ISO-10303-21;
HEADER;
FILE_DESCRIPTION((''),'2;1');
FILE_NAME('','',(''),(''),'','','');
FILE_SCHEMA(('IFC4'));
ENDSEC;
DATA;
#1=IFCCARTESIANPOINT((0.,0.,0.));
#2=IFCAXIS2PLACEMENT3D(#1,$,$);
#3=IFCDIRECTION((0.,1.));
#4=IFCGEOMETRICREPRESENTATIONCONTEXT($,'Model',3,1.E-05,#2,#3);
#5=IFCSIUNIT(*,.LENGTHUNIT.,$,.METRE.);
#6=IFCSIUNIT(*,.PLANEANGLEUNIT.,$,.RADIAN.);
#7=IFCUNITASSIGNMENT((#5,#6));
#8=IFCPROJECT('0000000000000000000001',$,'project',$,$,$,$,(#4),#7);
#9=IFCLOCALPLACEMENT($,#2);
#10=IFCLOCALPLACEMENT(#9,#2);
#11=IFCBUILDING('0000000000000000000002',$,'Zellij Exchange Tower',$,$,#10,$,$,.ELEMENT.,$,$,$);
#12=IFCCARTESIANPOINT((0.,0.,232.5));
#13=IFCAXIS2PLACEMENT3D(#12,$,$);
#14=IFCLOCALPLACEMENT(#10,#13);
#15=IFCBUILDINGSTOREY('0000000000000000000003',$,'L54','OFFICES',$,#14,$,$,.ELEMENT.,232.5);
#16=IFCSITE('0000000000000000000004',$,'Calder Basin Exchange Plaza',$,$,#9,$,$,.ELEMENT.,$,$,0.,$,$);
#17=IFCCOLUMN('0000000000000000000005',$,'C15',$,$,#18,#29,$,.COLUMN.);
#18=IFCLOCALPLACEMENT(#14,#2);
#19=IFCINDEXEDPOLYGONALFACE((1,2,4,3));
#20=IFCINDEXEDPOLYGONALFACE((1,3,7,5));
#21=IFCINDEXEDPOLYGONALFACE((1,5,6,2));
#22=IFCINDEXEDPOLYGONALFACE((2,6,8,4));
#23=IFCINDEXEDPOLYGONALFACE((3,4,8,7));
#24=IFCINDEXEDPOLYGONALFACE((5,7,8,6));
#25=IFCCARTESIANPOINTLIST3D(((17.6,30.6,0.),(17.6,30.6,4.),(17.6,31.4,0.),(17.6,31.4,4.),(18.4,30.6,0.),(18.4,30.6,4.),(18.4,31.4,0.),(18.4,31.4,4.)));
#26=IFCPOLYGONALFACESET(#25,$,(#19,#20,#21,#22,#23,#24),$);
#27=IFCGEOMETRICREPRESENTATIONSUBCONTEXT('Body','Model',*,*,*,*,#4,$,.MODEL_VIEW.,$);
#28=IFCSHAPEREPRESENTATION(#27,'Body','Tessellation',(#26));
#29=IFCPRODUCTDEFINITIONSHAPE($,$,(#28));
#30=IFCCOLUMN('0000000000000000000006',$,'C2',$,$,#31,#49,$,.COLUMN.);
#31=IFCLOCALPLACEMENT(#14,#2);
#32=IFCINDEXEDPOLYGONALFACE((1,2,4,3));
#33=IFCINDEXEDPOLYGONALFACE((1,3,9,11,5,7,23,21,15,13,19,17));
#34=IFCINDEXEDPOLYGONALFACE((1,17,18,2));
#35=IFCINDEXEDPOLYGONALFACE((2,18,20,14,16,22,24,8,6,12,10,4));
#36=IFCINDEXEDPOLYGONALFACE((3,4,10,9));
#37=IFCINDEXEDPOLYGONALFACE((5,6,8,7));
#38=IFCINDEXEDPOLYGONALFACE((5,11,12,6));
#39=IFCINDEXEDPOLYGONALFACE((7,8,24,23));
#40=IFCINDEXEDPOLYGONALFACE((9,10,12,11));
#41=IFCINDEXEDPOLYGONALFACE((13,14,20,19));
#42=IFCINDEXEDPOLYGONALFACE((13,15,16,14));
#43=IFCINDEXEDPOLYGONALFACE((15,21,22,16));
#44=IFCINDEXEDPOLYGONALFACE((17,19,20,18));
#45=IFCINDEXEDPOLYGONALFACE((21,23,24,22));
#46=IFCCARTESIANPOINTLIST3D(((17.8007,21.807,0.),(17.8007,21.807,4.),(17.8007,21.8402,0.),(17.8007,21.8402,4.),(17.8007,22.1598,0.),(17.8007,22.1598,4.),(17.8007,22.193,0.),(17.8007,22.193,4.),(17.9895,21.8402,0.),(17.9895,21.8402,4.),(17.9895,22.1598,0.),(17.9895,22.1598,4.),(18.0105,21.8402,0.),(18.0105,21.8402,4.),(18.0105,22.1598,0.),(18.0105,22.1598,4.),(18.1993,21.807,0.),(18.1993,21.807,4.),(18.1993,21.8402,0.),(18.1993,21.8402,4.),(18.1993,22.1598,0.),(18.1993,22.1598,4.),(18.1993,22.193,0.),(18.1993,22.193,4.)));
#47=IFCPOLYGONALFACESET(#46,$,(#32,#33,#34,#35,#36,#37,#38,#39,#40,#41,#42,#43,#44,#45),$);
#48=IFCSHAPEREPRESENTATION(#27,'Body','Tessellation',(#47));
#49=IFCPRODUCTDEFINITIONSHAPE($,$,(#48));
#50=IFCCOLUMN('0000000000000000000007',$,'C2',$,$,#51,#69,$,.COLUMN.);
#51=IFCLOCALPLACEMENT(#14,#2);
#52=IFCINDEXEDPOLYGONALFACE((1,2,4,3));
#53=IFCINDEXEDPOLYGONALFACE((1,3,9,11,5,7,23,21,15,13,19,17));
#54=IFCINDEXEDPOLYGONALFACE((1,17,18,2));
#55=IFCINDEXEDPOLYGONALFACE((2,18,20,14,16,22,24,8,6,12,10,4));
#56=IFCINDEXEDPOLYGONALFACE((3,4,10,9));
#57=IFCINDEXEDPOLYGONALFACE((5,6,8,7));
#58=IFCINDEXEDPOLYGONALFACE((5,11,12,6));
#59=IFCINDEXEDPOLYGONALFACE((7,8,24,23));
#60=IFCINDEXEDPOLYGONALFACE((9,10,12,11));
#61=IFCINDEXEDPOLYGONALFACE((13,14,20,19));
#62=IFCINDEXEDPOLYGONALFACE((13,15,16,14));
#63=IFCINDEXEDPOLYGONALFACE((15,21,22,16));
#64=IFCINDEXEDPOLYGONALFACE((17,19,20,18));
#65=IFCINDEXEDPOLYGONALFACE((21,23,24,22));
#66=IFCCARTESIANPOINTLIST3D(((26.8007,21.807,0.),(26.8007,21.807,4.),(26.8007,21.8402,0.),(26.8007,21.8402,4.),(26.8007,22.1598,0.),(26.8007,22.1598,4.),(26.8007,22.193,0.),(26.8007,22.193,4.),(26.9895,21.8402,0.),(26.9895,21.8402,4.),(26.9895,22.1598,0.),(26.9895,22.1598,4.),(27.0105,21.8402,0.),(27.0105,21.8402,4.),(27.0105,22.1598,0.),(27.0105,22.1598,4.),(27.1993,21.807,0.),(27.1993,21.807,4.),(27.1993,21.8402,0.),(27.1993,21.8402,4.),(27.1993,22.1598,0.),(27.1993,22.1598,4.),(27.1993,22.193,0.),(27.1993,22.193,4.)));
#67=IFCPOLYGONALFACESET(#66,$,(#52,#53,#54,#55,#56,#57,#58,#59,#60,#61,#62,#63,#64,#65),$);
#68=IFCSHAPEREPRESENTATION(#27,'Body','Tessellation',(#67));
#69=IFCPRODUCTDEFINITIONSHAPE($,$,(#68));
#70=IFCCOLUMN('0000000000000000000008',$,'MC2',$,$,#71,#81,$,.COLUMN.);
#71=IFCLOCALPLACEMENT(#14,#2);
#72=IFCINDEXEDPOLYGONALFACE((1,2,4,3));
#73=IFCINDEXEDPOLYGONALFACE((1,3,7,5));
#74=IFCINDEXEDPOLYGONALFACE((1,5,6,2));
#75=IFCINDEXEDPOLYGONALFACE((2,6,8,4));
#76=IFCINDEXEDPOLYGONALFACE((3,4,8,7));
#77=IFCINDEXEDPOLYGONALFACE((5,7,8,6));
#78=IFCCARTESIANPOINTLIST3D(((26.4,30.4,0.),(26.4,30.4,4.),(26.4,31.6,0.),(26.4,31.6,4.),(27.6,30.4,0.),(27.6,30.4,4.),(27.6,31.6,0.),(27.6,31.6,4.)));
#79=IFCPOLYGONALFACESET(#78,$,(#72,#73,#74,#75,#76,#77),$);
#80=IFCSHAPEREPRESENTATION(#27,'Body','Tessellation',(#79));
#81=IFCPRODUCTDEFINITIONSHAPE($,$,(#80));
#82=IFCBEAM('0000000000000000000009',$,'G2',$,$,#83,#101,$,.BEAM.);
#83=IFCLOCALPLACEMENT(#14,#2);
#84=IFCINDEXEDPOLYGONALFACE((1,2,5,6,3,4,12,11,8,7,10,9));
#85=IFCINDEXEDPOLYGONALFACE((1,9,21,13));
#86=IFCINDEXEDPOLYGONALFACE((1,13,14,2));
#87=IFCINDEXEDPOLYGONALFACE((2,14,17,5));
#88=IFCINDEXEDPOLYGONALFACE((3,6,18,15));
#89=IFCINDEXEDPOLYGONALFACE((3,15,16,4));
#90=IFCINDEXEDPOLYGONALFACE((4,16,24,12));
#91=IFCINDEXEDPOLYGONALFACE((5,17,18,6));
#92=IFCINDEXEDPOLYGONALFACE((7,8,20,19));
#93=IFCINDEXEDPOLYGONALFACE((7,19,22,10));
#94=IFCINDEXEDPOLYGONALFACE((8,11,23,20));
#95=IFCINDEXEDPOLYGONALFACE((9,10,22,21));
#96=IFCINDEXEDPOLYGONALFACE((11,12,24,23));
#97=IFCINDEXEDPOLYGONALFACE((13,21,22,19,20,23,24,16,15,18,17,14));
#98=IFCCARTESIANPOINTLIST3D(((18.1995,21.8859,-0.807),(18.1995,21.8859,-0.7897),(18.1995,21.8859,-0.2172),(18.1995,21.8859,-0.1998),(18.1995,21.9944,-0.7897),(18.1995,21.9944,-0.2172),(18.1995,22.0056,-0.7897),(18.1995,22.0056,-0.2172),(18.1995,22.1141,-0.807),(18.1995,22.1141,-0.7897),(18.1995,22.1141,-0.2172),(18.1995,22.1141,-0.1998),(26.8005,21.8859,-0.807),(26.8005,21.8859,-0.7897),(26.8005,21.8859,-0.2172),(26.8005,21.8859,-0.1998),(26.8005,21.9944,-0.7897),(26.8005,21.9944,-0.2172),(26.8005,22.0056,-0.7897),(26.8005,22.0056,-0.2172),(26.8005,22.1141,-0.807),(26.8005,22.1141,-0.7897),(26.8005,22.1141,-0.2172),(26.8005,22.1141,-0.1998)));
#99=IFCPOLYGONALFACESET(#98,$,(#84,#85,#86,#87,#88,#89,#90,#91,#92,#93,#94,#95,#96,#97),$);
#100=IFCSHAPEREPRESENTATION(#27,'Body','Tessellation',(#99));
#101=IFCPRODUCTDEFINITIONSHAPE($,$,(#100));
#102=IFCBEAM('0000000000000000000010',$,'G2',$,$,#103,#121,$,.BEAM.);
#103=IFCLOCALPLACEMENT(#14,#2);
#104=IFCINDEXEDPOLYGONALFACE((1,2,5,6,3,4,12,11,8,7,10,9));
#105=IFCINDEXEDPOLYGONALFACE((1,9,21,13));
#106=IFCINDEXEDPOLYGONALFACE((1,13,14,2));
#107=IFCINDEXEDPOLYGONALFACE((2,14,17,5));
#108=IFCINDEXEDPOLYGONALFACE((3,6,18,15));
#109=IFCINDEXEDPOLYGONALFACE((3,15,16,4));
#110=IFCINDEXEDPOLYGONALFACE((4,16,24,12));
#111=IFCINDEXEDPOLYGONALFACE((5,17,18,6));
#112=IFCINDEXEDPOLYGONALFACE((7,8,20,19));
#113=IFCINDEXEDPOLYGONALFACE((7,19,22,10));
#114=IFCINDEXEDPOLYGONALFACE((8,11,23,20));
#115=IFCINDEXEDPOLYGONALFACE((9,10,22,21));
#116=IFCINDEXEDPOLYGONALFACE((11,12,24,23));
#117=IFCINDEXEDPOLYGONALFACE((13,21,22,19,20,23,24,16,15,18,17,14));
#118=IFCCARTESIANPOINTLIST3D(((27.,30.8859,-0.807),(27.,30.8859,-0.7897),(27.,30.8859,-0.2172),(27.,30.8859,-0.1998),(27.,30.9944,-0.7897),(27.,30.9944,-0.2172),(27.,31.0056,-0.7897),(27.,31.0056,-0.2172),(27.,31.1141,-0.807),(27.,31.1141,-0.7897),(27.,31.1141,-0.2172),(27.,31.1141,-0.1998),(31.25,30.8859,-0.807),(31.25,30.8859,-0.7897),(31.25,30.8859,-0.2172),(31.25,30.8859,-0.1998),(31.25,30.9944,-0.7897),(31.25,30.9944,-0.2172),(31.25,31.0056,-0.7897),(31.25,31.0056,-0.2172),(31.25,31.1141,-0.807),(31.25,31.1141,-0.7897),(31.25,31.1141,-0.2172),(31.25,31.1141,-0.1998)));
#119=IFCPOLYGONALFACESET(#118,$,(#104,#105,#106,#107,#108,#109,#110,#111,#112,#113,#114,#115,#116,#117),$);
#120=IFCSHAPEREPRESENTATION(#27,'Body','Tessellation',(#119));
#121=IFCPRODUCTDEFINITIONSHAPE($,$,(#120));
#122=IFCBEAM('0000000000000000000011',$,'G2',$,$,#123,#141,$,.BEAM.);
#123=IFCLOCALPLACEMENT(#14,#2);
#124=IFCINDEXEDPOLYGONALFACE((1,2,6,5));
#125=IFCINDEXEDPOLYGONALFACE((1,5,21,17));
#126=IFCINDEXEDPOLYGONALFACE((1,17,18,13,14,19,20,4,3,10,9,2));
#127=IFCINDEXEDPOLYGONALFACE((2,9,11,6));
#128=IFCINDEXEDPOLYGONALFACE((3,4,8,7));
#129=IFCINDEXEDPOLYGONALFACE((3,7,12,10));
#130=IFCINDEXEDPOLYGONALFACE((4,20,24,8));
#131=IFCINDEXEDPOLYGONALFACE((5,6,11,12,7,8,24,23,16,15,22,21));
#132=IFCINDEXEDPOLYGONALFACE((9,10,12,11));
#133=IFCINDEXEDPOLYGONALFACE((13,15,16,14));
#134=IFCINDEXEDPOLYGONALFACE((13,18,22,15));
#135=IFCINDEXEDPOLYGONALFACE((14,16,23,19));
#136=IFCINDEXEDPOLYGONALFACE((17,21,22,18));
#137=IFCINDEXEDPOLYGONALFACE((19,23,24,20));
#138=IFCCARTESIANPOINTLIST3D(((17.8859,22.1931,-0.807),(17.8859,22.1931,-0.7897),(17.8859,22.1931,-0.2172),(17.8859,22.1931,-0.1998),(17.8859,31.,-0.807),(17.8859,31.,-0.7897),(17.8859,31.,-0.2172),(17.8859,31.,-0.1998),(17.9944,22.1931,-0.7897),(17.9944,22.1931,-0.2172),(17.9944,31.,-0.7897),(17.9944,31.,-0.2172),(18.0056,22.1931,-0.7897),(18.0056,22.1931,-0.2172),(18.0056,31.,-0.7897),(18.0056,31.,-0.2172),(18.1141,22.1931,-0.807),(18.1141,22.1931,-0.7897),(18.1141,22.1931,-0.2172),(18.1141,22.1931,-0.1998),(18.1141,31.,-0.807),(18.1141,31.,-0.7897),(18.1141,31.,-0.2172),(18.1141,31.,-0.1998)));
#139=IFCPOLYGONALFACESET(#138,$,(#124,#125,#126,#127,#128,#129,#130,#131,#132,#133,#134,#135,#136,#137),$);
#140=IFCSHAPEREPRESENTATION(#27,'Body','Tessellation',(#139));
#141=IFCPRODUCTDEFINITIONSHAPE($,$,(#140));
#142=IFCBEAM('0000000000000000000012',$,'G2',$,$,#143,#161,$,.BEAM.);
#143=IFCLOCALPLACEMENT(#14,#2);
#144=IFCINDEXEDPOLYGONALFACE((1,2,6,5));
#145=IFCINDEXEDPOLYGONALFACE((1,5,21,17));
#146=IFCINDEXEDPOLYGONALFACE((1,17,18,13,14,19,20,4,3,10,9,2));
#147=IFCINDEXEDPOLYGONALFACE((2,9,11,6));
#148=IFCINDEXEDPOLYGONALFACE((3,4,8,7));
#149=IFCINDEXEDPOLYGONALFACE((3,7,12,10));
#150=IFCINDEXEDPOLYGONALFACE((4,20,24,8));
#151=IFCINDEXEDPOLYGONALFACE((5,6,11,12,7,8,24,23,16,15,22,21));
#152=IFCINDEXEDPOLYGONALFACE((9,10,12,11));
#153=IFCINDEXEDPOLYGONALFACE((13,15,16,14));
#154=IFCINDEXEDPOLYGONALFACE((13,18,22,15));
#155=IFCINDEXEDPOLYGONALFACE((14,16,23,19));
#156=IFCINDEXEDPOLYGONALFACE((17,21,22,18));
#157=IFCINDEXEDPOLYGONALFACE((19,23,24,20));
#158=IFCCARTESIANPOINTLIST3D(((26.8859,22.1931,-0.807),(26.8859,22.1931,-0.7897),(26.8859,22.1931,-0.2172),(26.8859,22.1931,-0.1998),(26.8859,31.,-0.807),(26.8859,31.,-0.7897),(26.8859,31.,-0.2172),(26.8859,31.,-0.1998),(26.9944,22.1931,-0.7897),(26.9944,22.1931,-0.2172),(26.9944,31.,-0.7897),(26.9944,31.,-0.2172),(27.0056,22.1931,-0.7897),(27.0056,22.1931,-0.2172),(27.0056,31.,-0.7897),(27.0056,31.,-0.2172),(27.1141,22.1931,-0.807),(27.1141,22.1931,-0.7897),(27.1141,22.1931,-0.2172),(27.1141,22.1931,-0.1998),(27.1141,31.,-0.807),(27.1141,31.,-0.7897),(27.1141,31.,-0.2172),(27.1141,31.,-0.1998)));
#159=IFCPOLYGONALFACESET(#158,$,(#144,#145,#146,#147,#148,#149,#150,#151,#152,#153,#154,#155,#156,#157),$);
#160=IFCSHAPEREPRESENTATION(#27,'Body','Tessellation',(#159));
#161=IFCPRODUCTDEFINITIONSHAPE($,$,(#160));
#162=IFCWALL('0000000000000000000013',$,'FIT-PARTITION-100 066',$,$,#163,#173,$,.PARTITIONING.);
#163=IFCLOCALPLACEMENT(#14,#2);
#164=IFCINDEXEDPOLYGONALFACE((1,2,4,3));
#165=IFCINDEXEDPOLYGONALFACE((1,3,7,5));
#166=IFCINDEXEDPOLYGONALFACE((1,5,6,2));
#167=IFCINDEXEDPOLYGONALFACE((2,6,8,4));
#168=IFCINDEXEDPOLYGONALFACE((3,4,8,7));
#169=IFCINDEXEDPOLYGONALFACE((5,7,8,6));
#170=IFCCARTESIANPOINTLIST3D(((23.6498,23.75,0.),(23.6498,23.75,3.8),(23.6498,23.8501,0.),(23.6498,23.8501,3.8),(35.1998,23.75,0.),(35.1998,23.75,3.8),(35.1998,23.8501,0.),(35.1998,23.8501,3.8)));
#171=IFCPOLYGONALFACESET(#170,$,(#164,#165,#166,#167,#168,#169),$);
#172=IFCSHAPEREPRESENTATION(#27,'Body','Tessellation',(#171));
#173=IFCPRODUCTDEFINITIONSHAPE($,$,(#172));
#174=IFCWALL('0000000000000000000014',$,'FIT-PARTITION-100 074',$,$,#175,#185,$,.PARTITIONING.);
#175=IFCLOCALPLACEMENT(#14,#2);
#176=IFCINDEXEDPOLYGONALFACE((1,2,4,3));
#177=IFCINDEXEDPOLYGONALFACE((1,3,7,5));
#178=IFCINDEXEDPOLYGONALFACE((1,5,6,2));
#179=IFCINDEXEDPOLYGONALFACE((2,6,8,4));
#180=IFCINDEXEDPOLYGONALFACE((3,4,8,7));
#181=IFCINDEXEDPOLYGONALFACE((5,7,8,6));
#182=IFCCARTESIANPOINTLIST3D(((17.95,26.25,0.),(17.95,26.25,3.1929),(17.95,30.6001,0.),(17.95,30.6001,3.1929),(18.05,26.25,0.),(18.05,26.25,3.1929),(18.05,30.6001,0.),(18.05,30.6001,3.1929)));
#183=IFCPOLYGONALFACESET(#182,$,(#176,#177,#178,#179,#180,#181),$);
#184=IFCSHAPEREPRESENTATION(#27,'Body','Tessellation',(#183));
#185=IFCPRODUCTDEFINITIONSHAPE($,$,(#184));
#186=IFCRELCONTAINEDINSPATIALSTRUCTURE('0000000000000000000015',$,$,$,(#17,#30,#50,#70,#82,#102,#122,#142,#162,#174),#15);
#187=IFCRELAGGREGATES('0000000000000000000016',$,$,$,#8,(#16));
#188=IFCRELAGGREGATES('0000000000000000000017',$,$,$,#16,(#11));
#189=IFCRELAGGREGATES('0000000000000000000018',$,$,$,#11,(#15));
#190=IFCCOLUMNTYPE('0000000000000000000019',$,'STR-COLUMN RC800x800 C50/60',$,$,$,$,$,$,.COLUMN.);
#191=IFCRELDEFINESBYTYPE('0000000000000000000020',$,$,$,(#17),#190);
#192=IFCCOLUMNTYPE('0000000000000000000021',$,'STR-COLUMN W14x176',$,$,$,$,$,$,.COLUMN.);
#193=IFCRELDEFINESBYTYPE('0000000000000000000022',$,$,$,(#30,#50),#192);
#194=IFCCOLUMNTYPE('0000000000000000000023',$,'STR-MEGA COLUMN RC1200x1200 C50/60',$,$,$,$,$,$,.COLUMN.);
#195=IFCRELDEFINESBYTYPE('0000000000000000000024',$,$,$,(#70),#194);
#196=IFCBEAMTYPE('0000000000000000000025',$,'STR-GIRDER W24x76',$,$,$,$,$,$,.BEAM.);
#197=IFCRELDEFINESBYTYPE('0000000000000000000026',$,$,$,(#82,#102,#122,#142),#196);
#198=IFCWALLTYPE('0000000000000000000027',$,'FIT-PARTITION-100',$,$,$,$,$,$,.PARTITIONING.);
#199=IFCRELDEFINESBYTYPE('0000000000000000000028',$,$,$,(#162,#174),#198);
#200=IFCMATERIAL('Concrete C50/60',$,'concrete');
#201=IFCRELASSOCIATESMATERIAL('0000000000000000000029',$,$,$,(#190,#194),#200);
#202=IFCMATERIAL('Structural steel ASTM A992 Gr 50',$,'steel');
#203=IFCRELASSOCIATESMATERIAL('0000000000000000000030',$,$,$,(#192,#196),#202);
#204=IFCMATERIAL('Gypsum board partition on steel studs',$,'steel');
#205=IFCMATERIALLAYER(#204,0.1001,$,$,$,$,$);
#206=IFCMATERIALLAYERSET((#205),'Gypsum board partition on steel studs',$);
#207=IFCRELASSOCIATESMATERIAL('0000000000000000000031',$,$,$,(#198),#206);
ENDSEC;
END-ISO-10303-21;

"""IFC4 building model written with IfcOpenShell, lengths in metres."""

from ifc_helpers import new_model, si_unit, direction, frame, frame_2d, origin, origin_2d, place, context, subcontext, project, spatial, rectangle, i_section, extrude, material, layer, layer_set, material_profile, profile_set, type_object, element, save


model = new_model("IFC4")

# Units and contexts
model_context = context("Model", 3, precision=1e-05, world=origin(), true_north=direction((0.0, 1.0)))
body_context = subcontext(model_context, "Body", "Model", "MODEL_VIEW")
ifc_project = project(units=[si_unit("LENGTHUNIT", "METRE"), si_unit("PLANEANGLEUNIT", "RADIAN")], contexts=[model_context])

# Site, building, storey
site_placement = place(None, origin())
site = spatial("IfcSite", under=ifc_project, at=site_placement, Name="Calder Basin Exchange Plaza", CompositionType="ELEMENT", RefElevation=0.0)
building_placement = place(site_placement, origin())
building = spatial("IfcBuilding", under=site, at=building_placement, Name="Zellij Exchange Tower", CompositionType="ELEMENT")
storey_placement = place(building_placement, frame((0.0, 0.0, 232.5)))
storey = spatial("IfcBuildingStorey", under=building, at=storey_placement, Name="L54", Description="OFFICES", CompositionType="ELEMENT", Elevation=232.5)

# Columns
ifc_material_1 = material(Name="Concrete C50/60", Category="concrete")
ifc_material_profile_1 = material_profile(ifc_material_1, rectangle(XDim=0.8, YDim=0.8, at=origin_2d()), Name="STR-COLUMN RC800x800 C50/60")
ifc_profile_set_1 = profile_set([ifc_material_profile_1], Name="Concrete C50/60")
column_type_1 = type_object("IfcColumnType", Name="STR-COLUMN RC800x800 C50/60", PredefinedType="COLUMN", material=ifc_profile_set_1)
column_1_placement = place(storey_placement, frame((18.0, 31.0, 0.0), z_axis=(0.0, 0.0, 1.0), x_axis=(1.0, 0.0, 0.0)))
element("IfcColumn", 1, at=column_1_placement, inside=storey, type_object=column_type_1, Name="C15", PredefinedType="COLUMN", context=body_context, shape_type="SweptSolid", body=[
    extrude(rectangle(XDim=0.8, YDim=0.8, at=origin_2d()), origin(), (0.0, 0.0, 1.0), 4.0),
])
ifc_material_2 = material(Name="Structural steel ASTM A992 Gr 50", Category="steel")
ifc_material_profile_2 = material_profile(ifc_material_2, i_section(OverallWidth=0.3987, OverallDepth=0.386, WebThickness=0.021, FlangeThickness=0.0332, at=origin_2d()), Name="W14x176")
ifc_profile_set_2 = profile_set([ifc_material_profile_2], Name="Structural steel ASTM A992 Gr 50")
column_type_2 = type_object("IfcColumnType", Name="STR-COLUMN W14x176", PredefinedType="COLUMN", material=ifc_profile_set_2)
for number, where, z_axis, x_axis, name in (
    (2, (18.0, 22.0, 0.0), (0.0, 0.0, 1.0), (1.0, 0.0, 0.0), "C2"),
    (3, (27.0, 22.0, 0.0), (0.0, 0.0, 1.0), (1.0, 0.0, 0.0), "C2"),
):
    element("IfcColumn", number, at=place(storey_placement, frame(where, z_axis=z_axis, x_axis=x_axis)), inside=storey, type_object=column_type_2, Name=name, PredefinedType="COLUMN", context=body_context, shape_type="SweptSolid", body=[
        extrude(i_section(OverallWidth=0.3987, OverallDepth=0.386, WebThickness=0.021, FlangeThickness=0.0332, at=origin_2d()), origin(), (0.0, 0.0, 1.0), 4.0),
    ])
ifc_material_profile_3 = material_profile(ifc_material_1, rectangle(XDim=1.2, YDim=1.2, at=origin_2d()), Name="STR-MEGA COLUMN RC1200x1200 C50/60")
ifc_profile_set_3 = profile_set([ifc_material_profile_3], Name="Concrete C50/60")
column_type_3 = type_object("IfcColumnType", Name="STR-MEGA COLUMN RC1200x1200 C50/60", PredefinedType="COLUMN", material=ifc_profile_set_3)
column_2_placement = place(storey_placement, frame((27.0, 31.0, 0.0), z_axis=(0.0, 0.0, 1.0), x_axis=(1.0, 0.0, 0.0)))
element("IfcColumn", 4, at=column_2_placement, inside=storey, type_object=column_type_3, Name="MC2", PredefinedType="COLUMN", context=body_context, shape_type="SweptSolid", body=[
    extrude(rectangle(XDim=1.2, YDim=1.2, at=origin_2d()), origin(), (0.0, 0.0, 1.0), 4.0),
])

# Beams
ifc_material_profile_4 = material_profile(ifc_material_2, i_section(OverallWidth=0.2283, OverallDepth=0.6072, WebThickness=0.0112, FlangeThickness=0.0173, at=origin_2d()), Name="W24x76")
ifc_profile_set_4 = profile_set([ifc_material_profile_4], Name="Structural steel ASTM A992 Gr 50")
beam_type = type_object("IfcBeamType", Name="STR-GIRDER W24x76", PredefinedType="BEAM", material=ifc_profile_set_4)
beam_1_placement = place(storey_placement, frame((18.1995, 22.0, -0.5034), z_axis=(1.0, 0.0, 0.0), x_axis=(0.0, 1.0, 0.0)))
element("IfcBeam", 5, at=beam_1_placement, inside=storey, type_object=beam_type, Name="G2", PredefinedType="BEAM", context=body_context, shape_type="SweptSolid", body=[
    extrude(i_section(OverallWidth=0.2283, OverallDepth=0.6072, WebThickness=0.0112, FlangeThickness=0.0173, at=origin_2d()), origin(), (0.0, 0.0, 1.0), 8.6011),
])
beam_2_placement = place(storey_placement, frame((27.0, 31.0, -0.5034), z_axis=(1.0, 0.0, 0.0), x_axis=(0.0, 1.0, 0.0)))
element("IfcBeam", 6, at=beam_2_placement, inside=storey, type_object=beam_type, Name="G2", PredefinedType="BEAM", context=body_context, shape_type="SweptSolid", body=[
    extrude(i_section(OverallWidth=0.2283, OverallDepth=0.6072, WebThickness=0.0112, FlangeThickness=0.0173, at=origin_2d()), origin(), (0.0, 0.0, 1.0), 4.25),
])
for number, where, z_axis, x_axis, name in (
    (7, (18.0, 22.1931, -0.5034), (0.0, 1.0, 0.0), (-1.0, 0.0, 0.0), "G2"),
    (8, (27.0, 22.1931, -0.5034), (0.0, 1.0, 0.0), (-1.0, 0.0, 0.0), "G2"),
):
    element("IfcBeam", number, at=place(storey_placement, frame(where, z_axis=z_axis, x_axis=x_axis)), inside=storey, type_object=beam_type, Name=name, PredefinedType="BEAM", context=body_context, shape_type="SweptSolid", body=[
        extrude(i_section(OverallWidth=0.2283, OverallDepth=0.6072, WebThickness=0.0112, FlangeThickness=0.0173, at=origin_2d()), origin(), (0.0, 0.0, 1.0), 8.8069),
    ])

# Walls
ifc_material_3 = material(Name="Gypsum board partition on steel studs", Category="steel")
ifc_layer = layer(ifc_material_3, 0.1001)
ifc_layer_set = layer_set([ifc_layer], Name="Gypsum board partition on steel studs")
wall_type = type_object("IfcWallType", Name="FIT-PARTITION-100", PredefinedType="PARTITIONING", material=ifc_layer_set)
wall_1_placement = place(storey_placement, frame((23.6499, 23.8, 0.0), z_axis=(0.0, 0.0, 1.0), x_axis=(1.0, 0.0, 0.0)))
element("IfcWall", 9, at=wall_1_placement, inside=storey, type_object=wall_type, Name="FIT-PARTITION-100 066", PredefinedType="PARTITIONING", context=body_context, shape_type="SweptSolid", body=[
    extrude(rectangle(XDim=11.55, YDim=0.1001, at=frame_2d((5.7749, 0.0))), origin(), (0.0, 0.0, 1.0), 3.8),
])
wall_2_placement = place(storey_placement, frame((18.0, 26.25, 0.0), z_axis=(0.0, 0.0, 1.0), x_axis=(0.0, 1.0, 0.0)))
element("IfcWall", 10, at=wall_2_placement, inside=storey, type_object=wall_type, Name="FIT-PARTITION-100 074", PredefinedType="PARTITIONING", context=body_context, shape_type="SweptSolid", body=[
    extrude(rectangle(XDim=4.3501, YDim=0.1001, at=frame_2d((2.175, 0.0))), origin(), (0.0, 0.0, 1.0), 3.1929),
])

save(model, "model.ifc")
